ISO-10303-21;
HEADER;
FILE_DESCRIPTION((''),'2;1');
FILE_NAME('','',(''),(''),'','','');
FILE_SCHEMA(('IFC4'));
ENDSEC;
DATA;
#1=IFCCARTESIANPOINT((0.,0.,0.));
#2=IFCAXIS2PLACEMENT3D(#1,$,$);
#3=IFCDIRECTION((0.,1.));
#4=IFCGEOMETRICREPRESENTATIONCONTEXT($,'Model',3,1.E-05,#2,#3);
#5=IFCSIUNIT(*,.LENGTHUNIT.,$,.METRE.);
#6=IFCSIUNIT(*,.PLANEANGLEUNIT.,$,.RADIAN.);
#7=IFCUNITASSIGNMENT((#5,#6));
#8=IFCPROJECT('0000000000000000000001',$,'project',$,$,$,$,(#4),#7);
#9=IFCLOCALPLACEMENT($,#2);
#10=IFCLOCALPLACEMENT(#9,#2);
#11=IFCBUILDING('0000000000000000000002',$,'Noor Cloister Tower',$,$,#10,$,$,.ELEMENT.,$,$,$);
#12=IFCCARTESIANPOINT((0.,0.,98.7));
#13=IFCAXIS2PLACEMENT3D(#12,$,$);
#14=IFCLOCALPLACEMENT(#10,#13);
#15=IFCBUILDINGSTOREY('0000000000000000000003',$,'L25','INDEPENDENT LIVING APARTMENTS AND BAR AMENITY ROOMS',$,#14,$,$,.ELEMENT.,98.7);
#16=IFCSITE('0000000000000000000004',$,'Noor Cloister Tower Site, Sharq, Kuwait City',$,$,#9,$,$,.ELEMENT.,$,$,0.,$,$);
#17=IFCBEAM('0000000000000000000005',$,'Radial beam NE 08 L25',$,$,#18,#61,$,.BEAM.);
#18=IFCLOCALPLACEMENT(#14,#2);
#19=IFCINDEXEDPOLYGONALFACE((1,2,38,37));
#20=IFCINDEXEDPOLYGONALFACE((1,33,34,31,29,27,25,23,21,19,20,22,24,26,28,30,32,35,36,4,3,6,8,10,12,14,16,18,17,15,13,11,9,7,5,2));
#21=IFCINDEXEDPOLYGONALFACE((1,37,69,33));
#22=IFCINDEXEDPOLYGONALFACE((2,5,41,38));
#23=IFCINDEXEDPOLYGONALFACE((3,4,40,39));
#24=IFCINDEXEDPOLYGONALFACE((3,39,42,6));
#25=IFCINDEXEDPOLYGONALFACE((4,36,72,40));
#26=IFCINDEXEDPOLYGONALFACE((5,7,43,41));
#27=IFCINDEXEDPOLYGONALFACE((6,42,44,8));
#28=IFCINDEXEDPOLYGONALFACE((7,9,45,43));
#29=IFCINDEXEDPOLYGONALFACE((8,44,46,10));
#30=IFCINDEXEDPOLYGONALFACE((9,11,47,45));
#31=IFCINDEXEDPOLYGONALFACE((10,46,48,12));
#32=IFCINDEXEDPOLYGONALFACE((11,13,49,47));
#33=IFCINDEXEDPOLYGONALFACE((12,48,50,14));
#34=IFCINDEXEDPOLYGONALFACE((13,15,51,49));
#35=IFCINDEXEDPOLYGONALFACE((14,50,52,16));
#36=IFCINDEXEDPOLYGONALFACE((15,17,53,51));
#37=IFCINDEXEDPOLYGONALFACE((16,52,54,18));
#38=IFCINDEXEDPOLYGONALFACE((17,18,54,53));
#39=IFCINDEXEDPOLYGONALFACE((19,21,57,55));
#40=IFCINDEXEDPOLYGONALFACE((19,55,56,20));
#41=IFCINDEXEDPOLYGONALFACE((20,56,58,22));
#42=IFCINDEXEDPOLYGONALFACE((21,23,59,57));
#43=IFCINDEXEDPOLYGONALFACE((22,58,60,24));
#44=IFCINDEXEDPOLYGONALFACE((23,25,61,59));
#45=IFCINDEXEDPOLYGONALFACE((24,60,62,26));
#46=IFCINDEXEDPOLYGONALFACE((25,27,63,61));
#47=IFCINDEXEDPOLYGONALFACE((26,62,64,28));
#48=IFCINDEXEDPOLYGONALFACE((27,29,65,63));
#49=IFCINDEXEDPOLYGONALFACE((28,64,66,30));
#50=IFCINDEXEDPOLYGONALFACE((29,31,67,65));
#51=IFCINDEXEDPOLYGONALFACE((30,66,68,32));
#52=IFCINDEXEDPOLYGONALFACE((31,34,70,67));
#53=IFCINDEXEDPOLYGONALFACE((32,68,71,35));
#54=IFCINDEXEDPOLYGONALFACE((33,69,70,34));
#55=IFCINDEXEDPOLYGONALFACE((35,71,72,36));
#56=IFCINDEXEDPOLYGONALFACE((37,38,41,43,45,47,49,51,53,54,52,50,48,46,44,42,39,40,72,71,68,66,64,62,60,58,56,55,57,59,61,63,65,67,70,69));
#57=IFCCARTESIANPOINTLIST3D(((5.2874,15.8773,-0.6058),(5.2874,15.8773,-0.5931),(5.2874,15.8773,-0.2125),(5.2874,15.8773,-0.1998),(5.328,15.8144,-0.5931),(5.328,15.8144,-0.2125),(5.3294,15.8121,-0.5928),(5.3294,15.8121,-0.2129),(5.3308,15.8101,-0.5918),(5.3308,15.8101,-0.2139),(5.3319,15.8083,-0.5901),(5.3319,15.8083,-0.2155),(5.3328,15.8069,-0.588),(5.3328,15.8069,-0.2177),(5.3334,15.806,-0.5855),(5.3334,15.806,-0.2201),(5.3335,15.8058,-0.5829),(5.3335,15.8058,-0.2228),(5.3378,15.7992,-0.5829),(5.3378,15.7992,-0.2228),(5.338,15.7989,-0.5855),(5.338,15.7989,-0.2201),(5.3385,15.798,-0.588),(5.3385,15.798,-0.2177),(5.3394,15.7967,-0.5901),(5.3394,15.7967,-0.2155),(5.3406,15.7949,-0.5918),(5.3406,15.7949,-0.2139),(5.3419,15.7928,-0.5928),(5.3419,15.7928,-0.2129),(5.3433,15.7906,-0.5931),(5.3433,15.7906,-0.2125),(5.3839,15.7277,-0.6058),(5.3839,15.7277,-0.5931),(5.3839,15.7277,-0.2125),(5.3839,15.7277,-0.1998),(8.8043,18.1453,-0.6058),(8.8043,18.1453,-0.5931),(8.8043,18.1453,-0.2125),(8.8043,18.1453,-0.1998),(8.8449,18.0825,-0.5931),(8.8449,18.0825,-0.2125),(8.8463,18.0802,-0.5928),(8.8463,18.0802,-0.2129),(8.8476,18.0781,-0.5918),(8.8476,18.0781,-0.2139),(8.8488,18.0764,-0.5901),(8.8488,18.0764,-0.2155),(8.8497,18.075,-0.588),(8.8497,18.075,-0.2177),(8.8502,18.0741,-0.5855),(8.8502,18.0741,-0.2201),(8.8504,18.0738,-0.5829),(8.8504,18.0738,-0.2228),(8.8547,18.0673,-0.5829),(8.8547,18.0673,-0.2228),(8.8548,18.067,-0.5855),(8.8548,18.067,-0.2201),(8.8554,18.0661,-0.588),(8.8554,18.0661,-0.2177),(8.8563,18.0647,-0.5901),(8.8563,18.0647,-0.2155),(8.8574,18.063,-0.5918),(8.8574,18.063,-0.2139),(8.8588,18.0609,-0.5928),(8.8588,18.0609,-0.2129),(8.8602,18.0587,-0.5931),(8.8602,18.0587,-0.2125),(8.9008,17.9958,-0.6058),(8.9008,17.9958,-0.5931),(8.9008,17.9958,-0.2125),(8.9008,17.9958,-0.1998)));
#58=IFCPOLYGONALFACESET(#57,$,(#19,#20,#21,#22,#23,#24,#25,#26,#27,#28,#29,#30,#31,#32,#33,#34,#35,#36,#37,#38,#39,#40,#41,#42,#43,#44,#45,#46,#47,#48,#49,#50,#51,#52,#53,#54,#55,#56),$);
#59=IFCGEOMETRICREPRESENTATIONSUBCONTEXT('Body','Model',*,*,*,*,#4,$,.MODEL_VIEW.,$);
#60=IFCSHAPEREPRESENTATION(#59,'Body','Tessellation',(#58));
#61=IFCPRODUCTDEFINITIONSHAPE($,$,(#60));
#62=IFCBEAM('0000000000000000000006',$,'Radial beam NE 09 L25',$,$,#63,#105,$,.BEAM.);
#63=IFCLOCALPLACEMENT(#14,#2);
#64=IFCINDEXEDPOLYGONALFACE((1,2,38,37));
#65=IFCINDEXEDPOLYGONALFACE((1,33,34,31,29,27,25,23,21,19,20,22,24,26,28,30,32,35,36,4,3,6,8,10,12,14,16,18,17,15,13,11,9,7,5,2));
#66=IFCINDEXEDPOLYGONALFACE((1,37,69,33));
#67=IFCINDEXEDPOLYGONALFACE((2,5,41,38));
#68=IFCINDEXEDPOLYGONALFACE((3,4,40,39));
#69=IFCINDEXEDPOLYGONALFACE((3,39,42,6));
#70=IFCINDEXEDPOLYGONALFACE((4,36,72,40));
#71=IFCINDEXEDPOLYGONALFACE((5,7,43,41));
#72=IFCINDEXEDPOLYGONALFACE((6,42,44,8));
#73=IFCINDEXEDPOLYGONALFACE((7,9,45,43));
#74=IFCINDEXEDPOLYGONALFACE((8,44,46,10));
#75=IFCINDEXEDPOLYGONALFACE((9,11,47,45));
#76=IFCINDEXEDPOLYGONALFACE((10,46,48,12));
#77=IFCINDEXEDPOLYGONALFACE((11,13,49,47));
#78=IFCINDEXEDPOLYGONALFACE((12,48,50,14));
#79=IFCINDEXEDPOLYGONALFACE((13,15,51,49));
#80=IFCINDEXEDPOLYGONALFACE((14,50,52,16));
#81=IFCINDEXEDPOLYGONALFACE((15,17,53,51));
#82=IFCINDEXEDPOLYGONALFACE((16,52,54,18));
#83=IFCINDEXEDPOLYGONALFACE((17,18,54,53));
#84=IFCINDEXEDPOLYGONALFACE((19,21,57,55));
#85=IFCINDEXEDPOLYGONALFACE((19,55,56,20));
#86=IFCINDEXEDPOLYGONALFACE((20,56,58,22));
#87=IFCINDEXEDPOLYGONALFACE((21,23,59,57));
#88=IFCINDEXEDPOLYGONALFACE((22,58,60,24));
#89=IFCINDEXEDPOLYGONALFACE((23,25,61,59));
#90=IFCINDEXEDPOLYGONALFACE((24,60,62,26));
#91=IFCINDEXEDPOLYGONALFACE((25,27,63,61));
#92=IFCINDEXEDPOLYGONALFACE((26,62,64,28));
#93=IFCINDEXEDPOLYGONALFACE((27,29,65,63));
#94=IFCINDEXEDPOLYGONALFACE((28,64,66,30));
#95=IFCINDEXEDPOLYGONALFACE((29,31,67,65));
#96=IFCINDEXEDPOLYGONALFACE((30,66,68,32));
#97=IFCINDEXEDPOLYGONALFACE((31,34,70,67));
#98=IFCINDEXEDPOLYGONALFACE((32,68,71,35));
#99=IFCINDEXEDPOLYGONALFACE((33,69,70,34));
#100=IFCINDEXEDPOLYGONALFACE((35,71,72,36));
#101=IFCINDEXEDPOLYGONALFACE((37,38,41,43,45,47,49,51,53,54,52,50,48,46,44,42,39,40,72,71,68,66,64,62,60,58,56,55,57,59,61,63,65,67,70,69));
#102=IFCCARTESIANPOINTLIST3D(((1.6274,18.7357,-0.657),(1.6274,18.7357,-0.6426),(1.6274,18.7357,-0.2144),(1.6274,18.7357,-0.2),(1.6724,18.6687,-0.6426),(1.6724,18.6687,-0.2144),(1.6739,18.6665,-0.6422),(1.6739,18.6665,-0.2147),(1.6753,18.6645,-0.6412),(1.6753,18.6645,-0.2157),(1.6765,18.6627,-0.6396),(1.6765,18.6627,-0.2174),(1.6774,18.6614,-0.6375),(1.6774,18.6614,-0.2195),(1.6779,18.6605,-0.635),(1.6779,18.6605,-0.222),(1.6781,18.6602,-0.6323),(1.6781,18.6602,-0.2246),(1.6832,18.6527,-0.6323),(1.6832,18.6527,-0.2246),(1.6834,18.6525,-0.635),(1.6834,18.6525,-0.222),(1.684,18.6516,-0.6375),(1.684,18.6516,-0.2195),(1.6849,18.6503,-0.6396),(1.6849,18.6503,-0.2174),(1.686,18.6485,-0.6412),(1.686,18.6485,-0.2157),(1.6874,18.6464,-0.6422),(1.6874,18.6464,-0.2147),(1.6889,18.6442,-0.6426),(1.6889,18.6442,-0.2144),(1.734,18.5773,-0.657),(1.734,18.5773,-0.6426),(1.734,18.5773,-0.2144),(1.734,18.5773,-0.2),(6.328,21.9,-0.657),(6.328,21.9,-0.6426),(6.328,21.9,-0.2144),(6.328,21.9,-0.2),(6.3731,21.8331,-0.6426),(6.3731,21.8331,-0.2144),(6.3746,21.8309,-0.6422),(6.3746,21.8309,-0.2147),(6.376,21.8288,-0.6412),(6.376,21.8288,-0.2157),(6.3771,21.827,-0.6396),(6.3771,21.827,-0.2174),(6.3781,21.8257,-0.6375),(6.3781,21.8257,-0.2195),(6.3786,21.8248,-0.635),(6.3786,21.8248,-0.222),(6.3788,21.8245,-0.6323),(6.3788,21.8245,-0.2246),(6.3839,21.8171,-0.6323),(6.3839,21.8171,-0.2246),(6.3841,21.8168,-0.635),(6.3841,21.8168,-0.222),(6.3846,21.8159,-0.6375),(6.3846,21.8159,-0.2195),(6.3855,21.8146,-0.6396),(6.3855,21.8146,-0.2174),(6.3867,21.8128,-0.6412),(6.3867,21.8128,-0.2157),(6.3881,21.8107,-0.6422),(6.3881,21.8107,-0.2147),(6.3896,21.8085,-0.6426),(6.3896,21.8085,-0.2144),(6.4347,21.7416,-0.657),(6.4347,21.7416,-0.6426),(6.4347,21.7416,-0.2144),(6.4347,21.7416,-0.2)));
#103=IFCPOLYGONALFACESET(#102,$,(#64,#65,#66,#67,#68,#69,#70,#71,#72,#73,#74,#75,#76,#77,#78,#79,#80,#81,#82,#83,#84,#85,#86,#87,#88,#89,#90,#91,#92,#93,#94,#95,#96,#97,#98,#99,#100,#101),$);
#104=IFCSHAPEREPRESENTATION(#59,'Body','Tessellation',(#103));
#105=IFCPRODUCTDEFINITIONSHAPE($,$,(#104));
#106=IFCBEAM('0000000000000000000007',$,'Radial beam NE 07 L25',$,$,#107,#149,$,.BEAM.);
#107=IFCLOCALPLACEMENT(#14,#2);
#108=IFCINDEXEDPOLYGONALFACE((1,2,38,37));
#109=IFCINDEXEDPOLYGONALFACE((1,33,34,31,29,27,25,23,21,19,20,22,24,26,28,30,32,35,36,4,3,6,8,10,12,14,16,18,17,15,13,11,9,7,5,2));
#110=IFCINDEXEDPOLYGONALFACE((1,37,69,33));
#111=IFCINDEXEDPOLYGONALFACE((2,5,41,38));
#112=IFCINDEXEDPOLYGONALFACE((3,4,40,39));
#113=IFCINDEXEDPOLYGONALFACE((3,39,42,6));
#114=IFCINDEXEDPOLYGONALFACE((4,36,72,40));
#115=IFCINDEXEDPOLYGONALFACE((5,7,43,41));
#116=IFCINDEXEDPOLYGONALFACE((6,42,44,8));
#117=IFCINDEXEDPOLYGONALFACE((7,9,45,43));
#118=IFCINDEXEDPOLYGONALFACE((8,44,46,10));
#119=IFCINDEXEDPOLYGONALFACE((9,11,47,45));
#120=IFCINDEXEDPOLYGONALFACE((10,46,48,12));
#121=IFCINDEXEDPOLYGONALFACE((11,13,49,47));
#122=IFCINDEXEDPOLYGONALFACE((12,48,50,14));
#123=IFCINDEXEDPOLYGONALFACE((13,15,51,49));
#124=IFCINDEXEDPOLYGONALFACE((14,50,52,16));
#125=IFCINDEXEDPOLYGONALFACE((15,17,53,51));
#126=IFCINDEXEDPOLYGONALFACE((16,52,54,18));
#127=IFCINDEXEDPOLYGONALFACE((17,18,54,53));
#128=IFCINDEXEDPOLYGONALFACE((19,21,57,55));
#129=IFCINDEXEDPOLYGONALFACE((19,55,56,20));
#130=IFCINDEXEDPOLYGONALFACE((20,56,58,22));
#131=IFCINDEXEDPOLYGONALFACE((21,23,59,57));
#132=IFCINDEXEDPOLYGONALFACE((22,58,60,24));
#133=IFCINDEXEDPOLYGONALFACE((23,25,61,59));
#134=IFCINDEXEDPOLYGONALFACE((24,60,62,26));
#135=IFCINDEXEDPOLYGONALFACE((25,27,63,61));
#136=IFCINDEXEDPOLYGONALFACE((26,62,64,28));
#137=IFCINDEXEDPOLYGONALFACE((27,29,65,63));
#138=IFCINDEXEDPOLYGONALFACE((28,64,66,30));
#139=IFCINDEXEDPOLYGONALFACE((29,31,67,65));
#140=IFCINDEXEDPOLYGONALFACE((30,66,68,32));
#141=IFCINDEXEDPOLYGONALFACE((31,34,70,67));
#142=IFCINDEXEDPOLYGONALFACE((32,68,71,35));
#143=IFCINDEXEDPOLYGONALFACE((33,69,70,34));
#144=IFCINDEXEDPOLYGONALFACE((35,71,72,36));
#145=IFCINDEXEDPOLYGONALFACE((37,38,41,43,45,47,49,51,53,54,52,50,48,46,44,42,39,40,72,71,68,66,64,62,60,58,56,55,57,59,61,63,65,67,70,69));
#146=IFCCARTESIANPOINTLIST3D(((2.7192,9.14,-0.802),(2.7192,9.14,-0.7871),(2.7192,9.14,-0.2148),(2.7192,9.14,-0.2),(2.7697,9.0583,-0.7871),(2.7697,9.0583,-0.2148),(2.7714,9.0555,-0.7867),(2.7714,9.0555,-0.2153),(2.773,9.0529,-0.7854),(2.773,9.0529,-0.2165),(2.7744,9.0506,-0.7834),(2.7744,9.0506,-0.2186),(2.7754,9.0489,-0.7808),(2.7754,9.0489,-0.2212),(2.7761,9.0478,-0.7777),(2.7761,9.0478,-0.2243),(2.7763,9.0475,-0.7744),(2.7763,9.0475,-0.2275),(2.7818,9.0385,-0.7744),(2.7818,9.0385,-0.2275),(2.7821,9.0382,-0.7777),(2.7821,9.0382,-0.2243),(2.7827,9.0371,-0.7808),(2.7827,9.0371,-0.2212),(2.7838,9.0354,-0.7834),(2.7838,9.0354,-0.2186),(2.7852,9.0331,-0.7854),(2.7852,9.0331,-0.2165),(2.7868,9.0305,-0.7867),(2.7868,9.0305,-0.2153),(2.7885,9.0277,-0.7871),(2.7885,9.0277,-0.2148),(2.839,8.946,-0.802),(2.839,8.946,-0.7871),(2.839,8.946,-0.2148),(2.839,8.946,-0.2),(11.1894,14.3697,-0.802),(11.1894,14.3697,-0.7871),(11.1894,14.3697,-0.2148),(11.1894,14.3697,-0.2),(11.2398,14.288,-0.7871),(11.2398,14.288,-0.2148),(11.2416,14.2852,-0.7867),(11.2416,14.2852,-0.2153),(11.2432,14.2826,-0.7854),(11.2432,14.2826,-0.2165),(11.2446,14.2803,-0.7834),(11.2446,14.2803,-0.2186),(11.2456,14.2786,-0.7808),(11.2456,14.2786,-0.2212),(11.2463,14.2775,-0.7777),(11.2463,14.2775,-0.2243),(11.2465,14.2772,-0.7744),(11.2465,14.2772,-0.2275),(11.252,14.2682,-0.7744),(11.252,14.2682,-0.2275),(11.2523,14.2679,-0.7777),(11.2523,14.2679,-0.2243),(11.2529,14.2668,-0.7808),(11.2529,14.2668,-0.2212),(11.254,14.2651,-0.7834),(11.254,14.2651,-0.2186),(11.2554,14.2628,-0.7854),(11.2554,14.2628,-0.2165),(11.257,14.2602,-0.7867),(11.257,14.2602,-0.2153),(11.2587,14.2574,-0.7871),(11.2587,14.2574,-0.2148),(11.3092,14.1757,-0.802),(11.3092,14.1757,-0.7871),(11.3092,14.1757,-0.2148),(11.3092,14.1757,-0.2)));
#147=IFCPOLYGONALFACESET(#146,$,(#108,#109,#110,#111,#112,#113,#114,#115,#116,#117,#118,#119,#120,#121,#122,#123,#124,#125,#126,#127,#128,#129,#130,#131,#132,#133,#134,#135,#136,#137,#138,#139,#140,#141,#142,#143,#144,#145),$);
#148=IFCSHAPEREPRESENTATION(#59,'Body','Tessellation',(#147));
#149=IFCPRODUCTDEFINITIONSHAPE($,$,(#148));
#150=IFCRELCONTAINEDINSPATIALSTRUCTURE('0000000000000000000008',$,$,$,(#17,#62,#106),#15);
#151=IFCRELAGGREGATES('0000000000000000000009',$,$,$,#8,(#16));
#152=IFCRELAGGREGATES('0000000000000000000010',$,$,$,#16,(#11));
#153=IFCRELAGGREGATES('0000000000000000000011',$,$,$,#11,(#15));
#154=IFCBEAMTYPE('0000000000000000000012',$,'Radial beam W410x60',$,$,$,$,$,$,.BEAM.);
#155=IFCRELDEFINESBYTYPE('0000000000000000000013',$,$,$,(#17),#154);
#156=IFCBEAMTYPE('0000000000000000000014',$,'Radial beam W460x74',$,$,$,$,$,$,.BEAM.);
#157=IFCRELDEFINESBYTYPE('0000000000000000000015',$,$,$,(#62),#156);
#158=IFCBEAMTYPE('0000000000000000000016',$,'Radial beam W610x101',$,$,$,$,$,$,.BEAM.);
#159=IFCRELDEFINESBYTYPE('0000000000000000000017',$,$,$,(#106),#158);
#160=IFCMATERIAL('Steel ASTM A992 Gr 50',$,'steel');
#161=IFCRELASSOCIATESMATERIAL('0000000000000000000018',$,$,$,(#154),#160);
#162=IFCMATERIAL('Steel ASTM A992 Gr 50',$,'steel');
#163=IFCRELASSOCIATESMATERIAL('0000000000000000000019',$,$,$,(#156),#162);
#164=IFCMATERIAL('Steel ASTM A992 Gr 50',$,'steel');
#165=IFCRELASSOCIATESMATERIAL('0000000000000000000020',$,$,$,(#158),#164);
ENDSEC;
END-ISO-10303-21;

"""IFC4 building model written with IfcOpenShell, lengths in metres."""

from ifc_helpers import new_model, si_unit, direction, frame, origin, origin_2d, place, context, subcontext, project, spatial, i_section, extrude, material, material_profile, profile_set, type_object, element, save


model = new_model("IFC4")

# Units and contexts
model_context = context("Model", 3, precision=1e-05, world=origin(), true_north=direction((0.0, 1.0)))
body_context = subcontext(model_context, "Body", "Model", "MODEL_VIEW")
ifc_project = project(units=[si_unit("LENGTHUNIT", "METRE"), si_unit("PLANEANGLEUNIT", "RADIAN")], contexts=[model_context])

# Site, building, storey
site_placement = place(None, origin())
site = spatial("IfcSite", under=ifc_project, at=site_placement, Name="Noor Cloister Tower Site, Sharq, Kuwait City", CompositionType="ELEMENT", RefElevation=0.0)
building_placement = place(site_placement, origin())
building = spatial("IfcBuilding", under=site, at=building_placement, Name="Noor Cloister Tower", CompositionType="ELEMENT")
storey_placement = place(building_placement, frame((0.0, 0.0, 98.7)))
storey = spatial("IfcBuildingStorey", under=building, at=storey_placement, Name="L25", Description="INDEPENDENT LIVING APARTMENTS AND BAR AMENITY ROOMS", CompositionType="ELEMENT", Elevation=98.7)

# Beams
ifc_material_1 = material(Name="Steel ASTM A992 Gr 50", Category="steel")
ifc_material_profile_1 = material_profile(ifc_material_1, i_section(OverallWidth=0.178, OverallDepth=0.406, WebThickness=0.0078, FlangeThickness=0.0127, FilletRadius=0.0103, at=origin_2d()), Name="W410x60")
ifc_profile_set_1 = profile_set([ifc_material_profile_1], Name="Steel ASTM A992 Gr 50")
beam_type_1 = type_object("IfcBeamType", Name="Radial beam W410x60", PredefinedType="BEAM", material=ifc_profile_set_1)
beam_1_placement = place(storey_placement, frame((8.8525, 18.0706, -0.4028), z_axis=(-0.840391, -0.541981, 0.0), x_axis=(0.541981, -0.840391, 0.0)))
element("IfcBeam", 1, at=beam_1_placement, inside=storey, type_object=beam_type_1, Name="Radial beam NE 08 L25", PredefinedType="BEAM", context=body_context, shape_type="SweptSolid", body=[
    extrude(i_section(OverallWidth=0.178, OverallDepth=0.406, WebThickness=0.0078, FlangeThickness=0.0127, FilletRadius=0.0103, at=origin_2d()), origin(), (0.0, 0.0, 1.0), 4.1848),
])
ifc_material_2 = material(Name="Steel ASTM A992 Gr 50", Category="steel")
ifc_material_profile_2 = material_profile(ifc_material_2, i_section(OverallWidth=0.1909, OverallDepth=0.457, WebThickness=0.009, FlangeThickness=0.0144, FilletRadius=0.0103, at=origin_2d()), Name="W460x74")
ifc_profile_set_2 = profile_set([ifc_material_profile_2], Name="Steel ASTM A992 Gr 50")
beam_type_2 = type_object("IfcBeamType", Name="Radial beam W460x74", PredefinedType="BEAM", material=ifc_profile_set_2)
beam_2_placement = place(storey_placement, frame((6.3813, 21.8208, -0.4285), z_axis=(-0.829556, -0.558423, 0.0), x_axis=(0.558423, -0.829556, 0.0)))
element("IfcBeam", 2, at=beam_2_placement, inside=storey, type_object=beam_type_2, Name="Radial beam NE 09 L25", PredefinedType="BEAM", context=body_context, shape_type="SweptSolid", body=[
    extrude(i_section(OverallWidth=0.1909, OverallDepth=0.457, WebThickness=0.009, FlangeThickness=0.0144, FilletRadius=0.0103, at=origin_2d()), origin(), (0.0, 0.0, 1.0), 5.6665),
])
ifc_material_3 = material(Name="Steel ASTM A992 Gr 50", Category="steel")
ifc_material_profile_3 = material_profile(ifc_material_3, i_section(OverallWidth=0.228, OverallDepth=0.6021, WebThickness=0.0105, FlangeThickness=0.0149, FilletRadius=0.0127, at=origin_2d()), Name="W610x101")
ifc_profile_set_3 = profile_set([ifc_material_profile_3], Name="Steel ASTM A992 Gr 50")
beam_type_3 = type_object("IfcBeamType", Name="Radial beam W610x101", PredefinedType="BEAM", material=ifc_profile_set_3)
beam_3_placement = place(storey_placement, frame((11.2493, 14.2727, -0.501), z_axis=(-0.850882, -0.525357, 0.0), x_axis=(0.525357, -0.850882, 0.0)))
element("IfcBeam", 3, at=beam_3_placement, inside=storey, type_object=beam_type_3, Name="Radial beam NE 07 L25", PredefinedType="BEAM", context=body_context, shape_type="SweptSolid", body=[
    extrude(i_section(OverallWidth=0.228, OverallDepth=0.6021, WebThickness=0.0105, FlangeThickness=0.0149, FilletRadius=0.0127, at=origin_2d()), origin(), (0.0, 0.0, 1.0), 9.9546),
])

save(model, "model.ifc")
